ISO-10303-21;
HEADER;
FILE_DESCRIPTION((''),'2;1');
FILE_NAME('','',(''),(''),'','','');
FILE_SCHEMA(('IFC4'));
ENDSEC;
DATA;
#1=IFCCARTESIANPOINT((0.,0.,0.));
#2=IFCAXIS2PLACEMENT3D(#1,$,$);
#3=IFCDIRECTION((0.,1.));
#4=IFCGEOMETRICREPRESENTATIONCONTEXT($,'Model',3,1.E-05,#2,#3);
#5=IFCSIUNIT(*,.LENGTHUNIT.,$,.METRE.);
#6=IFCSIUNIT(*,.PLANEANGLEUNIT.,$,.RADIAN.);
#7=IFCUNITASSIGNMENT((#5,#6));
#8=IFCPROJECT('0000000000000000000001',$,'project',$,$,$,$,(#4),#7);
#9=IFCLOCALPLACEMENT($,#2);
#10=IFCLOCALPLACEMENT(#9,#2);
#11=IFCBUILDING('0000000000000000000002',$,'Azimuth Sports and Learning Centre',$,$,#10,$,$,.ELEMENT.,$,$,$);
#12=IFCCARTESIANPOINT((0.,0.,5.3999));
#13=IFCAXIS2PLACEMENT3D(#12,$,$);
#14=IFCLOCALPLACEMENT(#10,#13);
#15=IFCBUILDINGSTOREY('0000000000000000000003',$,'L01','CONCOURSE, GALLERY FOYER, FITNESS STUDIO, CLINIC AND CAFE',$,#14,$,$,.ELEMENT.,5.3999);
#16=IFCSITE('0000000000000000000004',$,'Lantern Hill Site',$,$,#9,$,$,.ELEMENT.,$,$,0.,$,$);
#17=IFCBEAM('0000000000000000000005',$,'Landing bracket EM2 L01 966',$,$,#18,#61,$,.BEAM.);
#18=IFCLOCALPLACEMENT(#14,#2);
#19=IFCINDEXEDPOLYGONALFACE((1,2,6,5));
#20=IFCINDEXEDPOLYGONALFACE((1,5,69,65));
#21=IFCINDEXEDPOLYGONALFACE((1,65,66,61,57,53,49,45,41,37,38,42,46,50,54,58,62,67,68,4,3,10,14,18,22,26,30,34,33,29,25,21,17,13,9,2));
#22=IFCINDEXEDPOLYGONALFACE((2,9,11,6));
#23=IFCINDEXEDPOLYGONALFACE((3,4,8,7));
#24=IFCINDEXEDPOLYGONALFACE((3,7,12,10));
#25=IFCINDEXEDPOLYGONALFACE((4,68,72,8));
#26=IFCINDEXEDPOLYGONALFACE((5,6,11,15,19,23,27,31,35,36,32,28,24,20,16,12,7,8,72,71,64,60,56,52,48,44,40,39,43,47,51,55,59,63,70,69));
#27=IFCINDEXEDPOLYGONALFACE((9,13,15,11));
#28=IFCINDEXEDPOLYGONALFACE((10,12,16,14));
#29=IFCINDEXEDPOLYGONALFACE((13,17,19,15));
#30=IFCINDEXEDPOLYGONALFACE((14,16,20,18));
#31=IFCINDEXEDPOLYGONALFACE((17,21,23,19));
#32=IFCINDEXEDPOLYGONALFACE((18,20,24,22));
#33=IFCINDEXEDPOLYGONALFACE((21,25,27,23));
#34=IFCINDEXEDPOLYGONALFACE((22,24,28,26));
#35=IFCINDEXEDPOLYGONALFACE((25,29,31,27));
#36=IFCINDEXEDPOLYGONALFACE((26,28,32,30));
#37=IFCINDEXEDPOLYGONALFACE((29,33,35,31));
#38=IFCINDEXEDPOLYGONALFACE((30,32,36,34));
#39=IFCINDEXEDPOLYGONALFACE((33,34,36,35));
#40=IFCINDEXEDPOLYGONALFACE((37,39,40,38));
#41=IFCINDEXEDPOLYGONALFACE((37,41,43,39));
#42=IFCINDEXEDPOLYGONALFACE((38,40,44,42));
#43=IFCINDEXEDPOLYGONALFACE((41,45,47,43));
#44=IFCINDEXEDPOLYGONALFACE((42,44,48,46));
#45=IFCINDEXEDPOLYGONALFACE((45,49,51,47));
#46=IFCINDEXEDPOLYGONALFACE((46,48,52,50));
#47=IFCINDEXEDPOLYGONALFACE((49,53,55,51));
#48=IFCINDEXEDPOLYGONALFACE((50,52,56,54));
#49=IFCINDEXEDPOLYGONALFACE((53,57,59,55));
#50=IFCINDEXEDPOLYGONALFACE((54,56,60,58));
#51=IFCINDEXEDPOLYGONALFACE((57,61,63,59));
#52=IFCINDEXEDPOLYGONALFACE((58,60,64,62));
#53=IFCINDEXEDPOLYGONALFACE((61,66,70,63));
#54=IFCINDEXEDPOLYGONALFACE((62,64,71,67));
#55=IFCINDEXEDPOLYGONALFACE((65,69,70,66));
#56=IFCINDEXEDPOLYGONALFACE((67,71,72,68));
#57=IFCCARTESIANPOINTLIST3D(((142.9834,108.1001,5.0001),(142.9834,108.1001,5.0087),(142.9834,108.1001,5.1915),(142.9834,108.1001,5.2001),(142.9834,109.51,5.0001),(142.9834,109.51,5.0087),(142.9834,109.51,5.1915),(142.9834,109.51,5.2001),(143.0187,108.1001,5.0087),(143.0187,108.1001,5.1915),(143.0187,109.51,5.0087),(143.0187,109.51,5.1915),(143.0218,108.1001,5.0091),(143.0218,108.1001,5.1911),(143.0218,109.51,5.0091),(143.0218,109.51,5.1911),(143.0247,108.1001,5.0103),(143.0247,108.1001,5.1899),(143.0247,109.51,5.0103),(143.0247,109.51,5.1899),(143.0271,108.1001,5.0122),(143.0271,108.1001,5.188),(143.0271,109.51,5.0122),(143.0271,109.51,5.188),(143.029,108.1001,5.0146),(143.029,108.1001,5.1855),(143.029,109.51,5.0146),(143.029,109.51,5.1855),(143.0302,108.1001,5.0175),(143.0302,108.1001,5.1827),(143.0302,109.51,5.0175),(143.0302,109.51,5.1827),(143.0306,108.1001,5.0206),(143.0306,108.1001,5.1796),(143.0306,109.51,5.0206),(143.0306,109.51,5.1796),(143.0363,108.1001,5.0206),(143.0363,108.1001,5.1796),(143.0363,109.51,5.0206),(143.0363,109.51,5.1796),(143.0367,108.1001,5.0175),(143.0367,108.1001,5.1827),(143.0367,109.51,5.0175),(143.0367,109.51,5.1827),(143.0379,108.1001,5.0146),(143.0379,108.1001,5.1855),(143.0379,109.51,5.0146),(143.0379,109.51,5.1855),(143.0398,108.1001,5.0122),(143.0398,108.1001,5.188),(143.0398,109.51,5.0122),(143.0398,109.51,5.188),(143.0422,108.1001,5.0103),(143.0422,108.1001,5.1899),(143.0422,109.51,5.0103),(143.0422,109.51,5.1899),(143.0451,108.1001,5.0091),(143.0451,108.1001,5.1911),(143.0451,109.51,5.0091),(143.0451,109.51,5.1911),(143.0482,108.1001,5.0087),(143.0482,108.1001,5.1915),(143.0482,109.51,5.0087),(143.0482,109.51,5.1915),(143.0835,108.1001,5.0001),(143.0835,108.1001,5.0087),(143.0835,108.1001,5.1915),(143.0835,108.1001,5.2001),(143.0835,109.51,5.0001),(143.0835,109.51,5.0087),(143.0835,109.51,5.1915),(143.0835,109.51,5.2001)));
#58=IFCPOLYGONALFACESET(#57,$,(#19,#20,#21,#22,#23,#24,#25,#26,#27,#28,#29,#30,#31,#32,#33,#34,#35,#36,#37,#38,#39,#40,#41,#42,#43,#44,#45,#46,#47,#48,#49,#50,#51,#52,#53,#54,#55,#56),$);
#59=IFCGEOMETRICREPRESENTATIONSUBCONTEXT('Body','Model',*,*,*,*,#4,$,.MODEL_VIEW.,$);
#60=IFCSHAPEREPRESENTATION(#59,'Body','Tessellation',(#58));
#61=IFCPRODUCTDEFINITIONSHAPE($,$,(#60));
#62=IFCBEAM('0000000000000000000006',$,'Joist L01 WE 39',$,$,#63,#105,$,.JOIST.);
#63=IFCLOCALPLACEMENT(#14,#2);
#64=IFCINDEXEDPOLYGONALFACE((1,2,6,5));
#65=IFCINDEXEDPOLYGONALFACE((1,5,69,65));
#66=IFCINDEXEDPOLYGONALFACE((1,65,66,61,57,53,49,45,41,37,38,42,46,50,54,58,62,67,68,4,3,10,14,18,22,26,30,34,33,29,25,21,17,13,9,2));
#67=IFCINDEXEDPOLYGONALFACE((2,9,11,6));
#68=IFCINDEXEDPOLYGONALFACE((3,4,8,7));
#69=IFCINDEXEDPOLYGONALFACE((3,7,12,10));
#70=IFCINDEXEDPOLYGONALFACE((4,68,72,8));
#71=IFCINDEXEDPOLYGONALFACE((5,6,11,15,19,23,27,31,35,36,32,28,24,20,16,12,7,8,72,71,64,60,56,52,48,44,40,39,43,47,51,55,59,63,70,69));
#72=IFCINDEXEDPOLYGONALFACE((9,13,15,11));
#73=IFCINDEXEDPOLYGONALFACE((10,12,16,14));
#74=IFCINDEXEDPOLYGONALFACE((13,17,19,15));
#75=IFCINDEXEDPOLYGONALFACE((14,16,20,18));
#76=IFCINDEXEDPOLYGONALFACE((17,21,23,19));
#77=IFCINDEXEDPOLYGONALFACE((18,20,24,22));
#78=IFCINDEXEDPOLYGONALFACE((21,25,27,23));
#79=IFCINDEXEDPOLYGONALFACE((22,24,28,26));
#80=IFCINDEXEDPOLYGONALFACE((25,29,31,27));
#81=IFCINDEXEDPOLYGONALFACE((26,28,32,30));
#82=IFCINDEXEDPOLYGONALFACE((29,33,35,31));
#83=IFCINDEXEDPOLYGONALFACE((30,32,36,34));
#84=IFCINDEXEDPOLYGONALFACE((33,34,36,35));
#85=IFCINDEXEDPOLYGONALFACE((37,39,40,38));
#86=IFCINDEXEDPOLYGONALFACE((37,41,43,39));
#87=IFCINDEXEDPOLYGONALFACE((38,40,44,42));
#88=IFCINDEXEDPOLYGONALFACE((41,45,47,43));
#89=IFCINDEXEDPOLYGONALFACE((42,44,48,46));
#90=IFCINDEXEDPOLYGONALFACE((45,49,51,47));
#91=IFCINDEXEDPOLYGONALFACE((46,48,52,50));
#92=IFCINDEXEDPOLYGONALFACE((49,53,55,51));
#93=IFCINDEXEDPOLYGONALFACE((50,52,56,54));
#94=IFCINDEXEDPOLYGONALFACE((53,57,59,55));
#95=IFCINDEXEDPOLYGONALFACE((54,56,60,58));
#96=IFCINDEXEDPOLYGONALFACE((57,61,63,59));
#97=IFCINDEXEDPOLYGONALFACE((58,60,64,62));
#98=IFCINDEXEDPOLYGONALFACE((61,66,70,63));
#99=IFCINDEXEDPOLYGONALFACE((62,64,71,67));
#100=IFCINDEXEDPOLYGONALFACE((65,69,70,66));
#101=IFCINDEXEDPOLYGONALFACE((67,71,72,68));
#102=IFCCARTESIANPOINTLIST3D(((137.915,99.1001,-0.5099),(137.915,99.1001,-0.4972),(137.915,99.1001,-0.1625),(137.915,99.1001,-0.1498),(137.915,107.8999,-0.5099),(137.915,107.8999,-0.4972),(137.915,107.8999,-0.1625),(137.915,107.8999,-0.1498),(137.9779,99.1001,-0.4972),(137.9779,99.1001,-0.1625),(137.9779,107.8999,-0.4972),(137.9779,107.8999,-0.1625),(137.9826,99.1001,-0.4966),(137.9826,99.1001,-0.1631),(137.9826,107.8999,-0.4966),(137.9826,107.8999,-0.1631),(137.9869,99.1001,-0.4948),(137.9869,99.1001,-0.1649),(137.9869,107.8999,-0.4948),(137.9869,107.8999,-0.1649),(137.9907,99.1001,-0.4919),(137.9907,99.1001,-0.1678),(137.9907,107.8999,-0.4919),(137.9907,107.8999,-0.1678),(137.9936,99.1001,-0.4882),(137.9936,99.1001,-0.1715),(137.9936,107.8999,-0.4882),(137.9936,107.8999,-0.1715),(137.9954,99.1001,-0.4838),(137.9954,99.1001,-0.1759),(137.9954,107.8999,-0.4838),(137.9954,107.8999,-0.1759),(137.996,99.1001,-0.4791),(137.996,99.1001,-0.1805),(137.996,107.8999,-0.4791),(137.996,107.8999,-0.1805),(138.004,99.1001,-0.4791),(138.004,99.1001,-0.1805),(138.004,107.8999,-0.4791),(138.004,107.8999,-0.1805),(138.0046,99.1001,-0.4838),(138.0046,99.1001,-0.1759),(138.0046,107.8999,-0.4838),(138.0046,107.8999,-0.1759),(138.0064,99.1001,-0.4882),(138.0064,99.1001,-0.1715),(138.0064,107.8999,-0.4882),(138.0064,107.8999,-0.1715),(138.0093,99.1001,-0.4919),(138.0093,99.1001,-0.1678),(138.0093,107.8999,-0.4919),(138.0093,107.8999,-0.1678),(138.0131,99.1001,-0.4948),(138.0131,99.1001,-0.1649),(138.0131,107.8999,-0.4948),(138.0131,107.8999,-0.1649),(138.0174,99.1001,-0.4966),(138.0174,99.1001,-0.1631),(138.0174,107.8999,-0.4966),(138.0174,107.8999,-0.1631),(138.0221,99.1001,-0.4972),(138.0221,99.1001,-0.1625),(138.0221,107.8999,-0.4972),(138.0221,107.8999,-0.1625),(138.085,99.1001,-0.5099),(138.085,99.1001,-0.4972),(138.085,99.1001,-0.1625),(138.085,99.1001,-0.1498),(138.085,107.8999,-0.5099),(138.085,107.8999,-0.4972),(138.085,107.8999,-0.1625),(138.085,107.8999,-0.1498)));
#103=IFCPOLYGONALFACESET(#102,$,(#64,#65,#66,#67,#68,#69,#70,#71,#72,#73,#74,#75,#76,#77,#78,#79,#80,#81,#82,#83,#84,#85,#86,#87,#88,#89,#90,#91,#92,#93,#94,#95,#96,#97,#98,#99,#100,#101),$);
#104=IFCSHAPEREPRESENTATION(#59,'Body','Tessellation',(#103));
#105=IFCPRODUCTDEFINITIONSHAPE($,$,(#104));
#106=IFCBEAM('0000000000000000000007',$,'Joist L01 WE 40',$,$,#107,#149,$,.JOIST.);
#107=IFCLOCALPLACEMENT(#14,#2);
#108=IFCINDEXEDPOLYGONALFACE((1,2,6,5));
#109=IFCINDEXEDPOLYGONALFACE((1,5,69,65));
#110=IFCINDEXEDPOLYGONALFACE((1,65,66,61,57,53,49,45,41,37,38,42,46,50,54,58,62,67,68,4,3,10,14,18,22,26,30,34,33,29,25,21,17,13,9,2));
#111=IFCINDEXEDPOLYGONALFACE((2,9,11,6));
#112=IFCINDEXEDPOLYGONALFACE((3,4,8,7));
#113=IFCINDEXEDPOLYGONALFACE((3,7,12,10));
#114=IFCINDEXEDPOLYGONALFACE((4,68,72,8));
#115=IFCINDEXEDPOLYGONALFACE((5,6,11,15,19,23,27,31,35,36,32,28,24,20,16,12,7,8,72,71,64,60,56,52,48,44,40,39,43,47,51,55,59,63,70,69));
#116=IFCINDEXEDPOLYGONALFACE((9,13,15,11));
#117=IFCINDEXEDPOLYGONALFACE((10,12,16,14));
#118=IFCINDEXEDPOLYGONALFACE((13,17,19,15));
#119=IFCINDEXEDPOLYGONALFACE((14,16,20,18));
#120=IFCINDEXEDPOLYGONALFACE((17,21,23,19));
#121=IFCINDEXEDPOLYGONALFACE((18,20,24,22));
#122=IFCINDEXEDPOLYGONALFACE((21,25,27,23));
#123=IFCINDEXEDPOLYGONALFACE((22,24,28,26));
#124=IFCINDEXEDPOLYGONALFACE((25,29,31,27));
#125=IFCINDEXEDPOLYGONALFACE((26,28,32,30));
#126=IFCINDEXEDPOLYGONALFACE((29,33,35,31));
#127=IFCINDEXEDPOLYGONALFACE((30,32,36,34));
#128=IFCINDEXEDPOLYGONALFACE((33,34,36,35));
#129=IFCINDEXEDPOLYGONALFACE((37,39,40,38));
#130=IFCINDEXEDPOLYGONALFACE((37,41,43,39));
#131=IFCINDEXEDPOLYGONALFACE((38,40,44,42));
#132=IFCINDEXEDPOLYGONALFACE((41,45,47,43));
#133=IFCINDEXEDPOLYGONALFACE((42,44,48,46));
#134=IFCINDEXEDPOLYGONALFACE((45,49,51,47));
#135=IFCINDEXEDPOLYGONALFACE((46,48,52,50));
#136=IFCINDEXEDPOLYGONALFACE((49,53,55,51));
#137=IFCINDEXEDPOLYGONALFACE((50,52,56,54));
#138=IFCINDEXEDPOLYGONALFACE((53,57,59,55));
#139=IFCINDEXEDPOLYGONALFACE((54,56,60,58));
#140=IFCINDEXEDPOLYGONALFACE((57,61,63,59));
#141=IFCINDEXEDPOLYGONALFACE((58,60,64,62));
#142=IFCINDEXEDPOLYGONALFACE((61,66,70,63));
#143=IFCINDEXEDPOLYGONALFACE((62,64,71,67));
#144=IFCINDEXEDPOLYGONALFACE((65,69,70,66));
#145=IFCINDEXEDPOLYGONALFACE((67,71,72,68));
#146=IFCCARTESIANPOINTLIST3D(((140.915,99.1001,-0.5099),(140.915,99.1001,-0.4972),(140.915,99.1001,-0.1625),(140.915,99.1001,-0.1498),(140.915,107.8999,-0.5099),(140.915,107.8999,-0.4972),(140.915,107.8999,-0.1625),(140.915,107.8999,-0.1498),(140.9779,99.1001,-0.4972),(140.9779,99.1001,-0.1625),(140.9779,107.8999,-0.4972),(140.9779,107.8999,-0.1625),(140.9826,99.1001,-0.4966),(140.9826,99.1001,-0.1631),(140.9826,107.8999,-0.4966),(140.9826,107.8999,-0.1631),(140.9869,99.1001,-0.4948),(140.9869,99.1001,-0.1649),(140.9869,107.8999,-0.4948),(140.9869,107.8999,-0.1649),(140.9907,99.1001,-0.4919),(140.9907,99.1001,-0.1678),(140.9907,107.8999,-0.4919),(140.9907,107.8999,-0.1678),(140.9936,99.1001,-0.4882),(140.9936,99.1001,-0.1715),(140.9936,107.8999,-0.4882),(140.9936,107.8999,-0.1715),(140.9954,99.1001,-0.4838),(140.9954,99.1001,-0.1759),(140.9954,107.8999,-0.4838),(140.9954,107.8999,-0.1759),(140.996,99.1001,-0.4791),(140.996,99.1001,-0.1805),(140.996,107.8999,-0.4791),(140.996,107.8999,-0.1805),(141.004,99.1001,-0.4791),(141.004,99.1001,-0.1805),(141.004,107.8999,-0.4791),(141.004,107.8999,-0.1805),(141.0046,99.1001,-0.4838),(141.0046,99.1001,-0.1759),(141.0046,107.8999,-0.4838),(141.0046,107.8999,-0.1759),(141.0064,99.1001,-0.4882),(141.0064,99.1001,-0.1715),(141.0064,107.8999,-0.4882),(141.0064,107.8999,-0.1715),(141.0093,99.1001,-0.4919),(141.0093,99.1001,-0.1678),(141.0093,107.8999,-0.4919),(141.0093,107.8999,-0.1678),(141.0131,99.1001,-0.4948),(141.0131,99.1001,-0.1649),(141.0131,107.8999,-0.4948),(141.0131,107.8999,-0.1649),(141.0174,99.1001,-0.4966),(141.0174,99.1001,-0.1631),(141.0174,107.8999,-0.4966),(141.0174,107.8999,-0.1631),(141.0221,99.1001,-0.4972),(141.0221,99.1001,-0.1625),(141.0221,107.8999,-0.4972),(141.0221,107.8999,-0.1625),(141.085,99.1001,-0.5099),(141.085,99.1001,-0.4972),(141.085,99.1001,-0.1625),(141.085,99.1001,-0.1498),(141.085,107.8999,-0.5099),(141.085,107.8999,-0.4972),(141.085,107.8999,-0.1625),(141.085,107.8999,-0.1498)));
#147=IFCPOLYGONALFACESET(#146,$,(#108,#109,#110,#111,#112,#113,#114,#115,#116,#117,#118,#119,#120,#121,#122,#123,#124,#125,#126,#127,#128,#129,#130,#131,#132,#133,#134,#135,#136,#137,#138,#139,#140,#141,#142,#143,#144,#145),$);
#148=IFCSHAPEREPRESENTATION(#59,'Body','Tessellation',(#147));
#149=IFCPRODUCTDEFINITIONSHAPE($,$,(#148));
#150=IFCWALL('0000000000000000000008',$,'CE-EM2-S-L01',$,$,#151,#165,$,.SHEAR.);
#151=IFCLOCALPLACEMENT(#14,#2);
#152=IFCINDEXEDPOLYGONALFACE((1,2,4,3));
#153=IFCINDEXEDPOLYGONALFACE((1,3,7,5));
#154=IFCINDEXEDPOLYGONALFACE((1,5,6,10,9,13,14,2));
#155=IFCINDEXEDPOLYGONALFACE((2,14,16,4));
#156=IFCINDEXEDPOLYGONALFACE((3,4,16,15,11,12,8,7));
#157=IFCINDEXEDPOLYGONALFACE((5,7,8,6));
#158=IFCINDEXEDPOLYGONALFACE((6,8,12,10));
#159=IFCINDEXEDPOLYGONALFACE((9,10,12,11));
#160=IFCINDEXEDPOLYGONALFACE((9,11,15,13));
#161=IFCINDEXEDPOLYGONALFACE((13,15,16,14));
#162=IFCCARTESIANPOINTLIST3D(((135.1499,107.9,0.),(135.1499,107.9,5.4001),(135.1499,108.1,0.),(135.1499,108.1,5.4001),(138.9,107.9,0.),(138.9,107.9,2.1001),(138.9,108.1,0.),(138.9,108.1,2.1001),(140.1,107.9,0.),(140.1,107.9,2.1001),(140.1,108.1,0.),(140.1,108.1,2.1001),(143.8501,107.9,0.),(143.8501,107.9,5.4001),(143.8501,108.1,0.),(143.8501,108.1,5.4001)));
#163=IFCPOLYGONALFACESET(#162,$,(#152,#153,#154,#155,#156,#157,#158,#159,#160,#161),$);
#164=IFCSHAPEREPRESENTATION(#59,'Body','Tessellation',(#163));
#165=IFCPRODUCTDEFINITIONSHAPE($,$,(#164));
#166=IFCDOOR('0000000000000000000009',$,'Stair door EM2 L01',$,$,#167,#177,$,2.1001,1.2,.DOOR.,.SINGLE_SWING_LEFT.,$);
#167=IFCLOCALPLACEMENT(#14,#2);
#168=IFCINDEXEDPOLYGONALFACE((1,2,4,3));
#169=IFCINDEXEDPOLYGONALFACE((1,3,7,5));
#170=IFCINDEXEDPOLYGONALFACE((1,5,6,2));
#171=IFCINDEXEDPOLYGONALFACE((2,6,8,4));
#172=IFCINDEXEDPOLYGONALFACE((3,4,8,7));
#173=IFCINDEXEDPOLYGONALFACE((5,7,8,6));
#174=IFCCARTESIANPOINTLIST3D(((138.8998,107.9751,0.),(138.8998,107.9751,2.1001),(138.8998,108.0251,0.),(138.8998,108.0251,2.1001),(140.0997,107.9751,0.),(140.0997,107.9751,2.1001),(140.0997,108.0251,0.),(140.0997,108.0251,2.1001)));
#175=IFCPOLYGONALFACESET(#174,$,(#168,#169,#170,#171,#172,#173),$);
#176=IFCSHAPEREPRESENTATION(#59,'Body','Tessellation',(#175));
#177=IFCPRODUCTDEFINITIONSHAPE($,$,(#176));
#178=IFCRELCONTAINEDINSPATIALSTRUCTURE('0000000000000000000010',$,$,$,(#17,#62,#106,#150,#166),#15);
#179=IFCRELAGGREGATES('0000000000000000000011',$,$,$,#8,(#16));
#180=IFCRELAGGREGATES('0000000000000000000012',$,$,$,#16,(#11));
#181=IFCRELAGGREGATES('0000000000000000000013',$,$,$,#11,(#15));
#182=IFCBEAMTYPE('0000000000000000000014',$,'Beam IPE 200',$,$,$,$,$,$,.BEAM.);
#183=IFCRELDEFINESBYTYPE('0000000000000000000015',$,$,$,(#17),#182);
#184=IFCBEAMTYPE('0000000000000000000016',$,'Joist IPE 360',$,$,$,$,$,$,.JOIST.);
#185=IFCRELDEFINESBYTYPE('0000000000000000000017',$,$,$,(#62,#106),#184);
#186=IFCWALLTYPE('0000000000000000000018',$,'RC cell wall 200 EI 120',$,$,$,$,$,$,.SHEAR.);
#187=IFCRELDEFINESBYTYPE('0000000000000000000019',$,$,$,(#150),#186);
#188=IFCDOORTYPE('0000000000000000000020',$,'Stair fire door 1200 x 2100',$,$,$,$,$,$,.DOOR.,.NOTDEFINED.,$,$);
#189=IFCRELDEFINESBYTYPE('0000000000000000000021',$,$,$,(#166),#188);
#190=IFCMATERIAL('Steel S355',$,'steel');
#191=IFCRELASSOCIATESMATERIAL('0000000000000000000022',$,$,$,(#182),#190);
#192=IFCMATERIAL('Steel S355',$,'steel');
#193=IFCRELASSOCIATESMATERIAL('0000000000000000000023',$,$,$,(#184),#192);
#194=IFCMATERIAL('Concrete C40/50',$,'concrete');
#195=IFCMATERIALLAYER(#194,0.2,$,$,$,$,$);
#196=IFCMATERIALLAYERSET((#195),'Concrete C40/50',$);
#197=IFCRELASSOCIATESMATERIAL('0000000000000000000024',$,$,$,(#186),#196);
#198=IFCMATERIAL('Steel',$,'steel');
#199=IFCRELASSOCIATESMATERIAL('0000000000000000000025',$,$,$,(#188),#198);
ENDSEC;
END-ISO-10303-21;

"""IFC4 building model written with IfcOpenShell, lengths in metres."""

from ifc_helpers import new_model, si_unit, direction, frame, frame_2d, origin, origin_2d, place, context, subcontext, project, spatial, rectangle, i_section, extrude, material, layer, layer_set, material_profile, profile_set, type_object, element, fill, save


model = new_model("IFC4")

# Units and contexts
model_context = context("Model", 3, precision=1e-05, world=origin(), true_north=direction((0.0, 1.0)))
body_context = subcontext(model_context, "Body", "Model", "MODEL_VIEW")
ifc_project = project(units=[si_unit("LENGTHUNIT", "METRE"), si_unit("PLANEANGLEUNIT", "RADIAN")], contexts=[model_context])

# Site, building, storey
site_placement = place(None, origin())
site = spatial("IfcSite", under=ifc_project, at=site_placement, Name="Lantern Hill Site", CompositionType="ELEMENT", RefElevation=0.0)
building_placement = place(site_placement, origin())
building = spatial("IfcBuilding", under=site, at=building_placement, Name="Azimuth Sports and Learning Centre", CompositionType="ELEMENT")
storey_placement = place(building_placement, frame((0.0, 0.0, 5.3999)))
storey = spatial("IfcBuildingStorey", under=building, at=storey_placement, Name="L01", Description="CONCOURSE, GALLERY FOYER, FITNESS STUDIO, CLINIC AND CAFE", CompositionType="ELEMENT", Elevation=5.3999)

# Beams
ifc_material_1 = material(Name="Steel S355", Category="steel")
ifc_material_profile_1 = material_profile(ifc_material_1, i_section(OverallWidth=0.1001, OverallDepth=0.2, WebThickness=0.0056, FlangeThickness=0.0085, FilletRadius=0.012, at=origin_2d()), Name="IPE 200")
ifc_profile_set_1 = profile_set([ifc_material_profile_1], Name="Steel S355")
beam_type_1 = type_object("IfcBeamType", Name="Beam IPE 200", PredefinedType="BEAM", material=ifc_profile_set_1)
for number, where, z_axis, x_axis, name in (
    (1, (143.0334, 108.1001, 5.1001), (0.0, 1.0, 0.0), (-1.0, 0.0, 0.0), "Landing bracket EM2 L01 966"),
):
    element("IfcBeam", number, at=place(storey_placement, frame(where, z_axis=z_axis, x_axis=x_axis)), inside=storey, type_object=beam_type_1, Name=name, PredefinedType="BEAM", context=body_context, shape_type="SweptSolid", body=[
        extrude(i_section(OverallWidth=0.1001, OverallDepth=0.2, WebThickness=0.0056, FlangeThickness=0.0085, FilletRadius=0.012, at=origin_2d()), origin(), (0.0, 0.0, 1.0), 1.4099),
    ])
ifc_material_2 = material(Name="Steel S355", Category="steel")
ifc_material_profile_2 = material_profile(ifc_material_2, i_section(OverallWidth=0.1699, OverallDepth=0.3601, WebThickness=0.0081, FlangeThickness=0.0127, FilletRadius=0.0181, at=origin_2d()), Name="IPE 360")
ifc_profile_set_2 = profile_set([ifc_material_profile_2], Name="Steel S355")
beam_type_2 = type_object("IfcBeamType", Name="Joist IPE 360", PredefinedType="JOIST", material=ifc_profile_set_2)
for number, where, z_axis, x_axis, name in (
    (2, (138.0, 99.1001, -0.3298), (0.0, 1.0, 0.0), (-1.0, 0.0, 0.0), "Joist L01 WE 39"),
    (3, (141.0, 99.1001, -0.3298), (0.0, 1.0, 0.0), (-1.0, 0.0, 0.0), "Joist L01 WE 40"),
):
    element("IfcBeam", number, at=place(storey_placement, frame(where, z_axis=z_axis, x_axis=x_axis)), inside=storey, type_object=beam_type_2, Name=name, PredefinedType="JOIST", context=body_context, shape_type="SweptSolid", body=[
        extrude(i_section(OverallWidth=0.1699, OverallDepth=0.3601, WebThickness=0.0081, FlangeThickness=0.0127, FilletRadius=0.0181, at=origin_2d()), origin(), (0.0, 0.0, 1.0), 8.7998),
    ])

# Wall, opening, door
ifc_material_3 = material(Name="Concrete C40/50", Category="concrete")
ifc_layer_1 = layer(ifc_material_3, 0.2)
ifc_layer_set_1 = layer_set([ifc_layer_1], Name="Concrete C40/50")
wall_type = type_object("IfcWallType", Name="RC cell wall 200 EI 120", PredefinedType="SHEAR", material=ifc_layer_set_1)
wall_placement = place(storey_placement, frame((135.1499, 108.0, 0.0), z_axis=(0.0, 0.0, 1.0), x_axis=(1.0, 0.0, 0.0)))
wall = element("IfcWall", 4, at=wall_placement, inside=storey, type_object=wall_type, Name="CE-EM2-S-L01", PredefinedType="SHEAR", context=body_context, shape_type="SweptSolid", body=[
    extrude(rectangle(XDim=8.7002, YDim=0.2, at=frame_2d((4.3501, 0.0))), origin(), (0.0, 0.0, 1.0), 5.4001),
])
opening_placement = place(wall_placement, frame((3.75, 0.0, 0.0)))
opening = element("IfcOpeningElement", 5, at=opening_placement, cuts=wall, PredefinedType="OPENING", context=body_context, shape_type="SweptSolid", body=[
    extrude(rectangle(XDim=1.2, YDim=2.1001, at=frame_2d((0.6001, 1.05))), frame((0.0, 0.1108, 0.0), z_axis=(0.0, -1.0, 0.0), x_axis=(1.0, 0.0, 0.0)), (0.0, 0.0, 1.0), 0.2219),
])
ifc_material_4 = material(Name="Steel", Category="steel")
door_type = type_object("IfcDoorType", Name="Stair fire door 1200 x 2100", OperationType="NOTDEFINED", PredefinedType="DOOR", material=ifc_material_4)
door_placement = place(opening_placement, frame((1.2, 0.0, 0.0), z_axis=(0.0, 0.0, 1.0), x_axis=(-1.0, 0.0, 0.0)))
door = element("IfcDoor", 6, at=door_placement, inside=storey, type_object=door_type, Name="Stair door EM2 L01", OperationType="SINGLE_SWING_LEFT", OverallHeight=2.1001, OverallWidth=1.2, PredefinedType="DOOR", context=body_context, shape_type="SweptSolid", body=[
    extrude(rectangle(XDim=1.2, YDim=2.1001, at=frame_2d((0.6001, 1.05))), frame((0.0, 0.0249, 0.0), z_axis=(0.0, -1.0, 0.0), x_axis=(1.0, 0.0, 0.0)), (0.0, 0.0, 1.0), 0.05),
])
fill(opening, door)

save(model, "model.ifc")
